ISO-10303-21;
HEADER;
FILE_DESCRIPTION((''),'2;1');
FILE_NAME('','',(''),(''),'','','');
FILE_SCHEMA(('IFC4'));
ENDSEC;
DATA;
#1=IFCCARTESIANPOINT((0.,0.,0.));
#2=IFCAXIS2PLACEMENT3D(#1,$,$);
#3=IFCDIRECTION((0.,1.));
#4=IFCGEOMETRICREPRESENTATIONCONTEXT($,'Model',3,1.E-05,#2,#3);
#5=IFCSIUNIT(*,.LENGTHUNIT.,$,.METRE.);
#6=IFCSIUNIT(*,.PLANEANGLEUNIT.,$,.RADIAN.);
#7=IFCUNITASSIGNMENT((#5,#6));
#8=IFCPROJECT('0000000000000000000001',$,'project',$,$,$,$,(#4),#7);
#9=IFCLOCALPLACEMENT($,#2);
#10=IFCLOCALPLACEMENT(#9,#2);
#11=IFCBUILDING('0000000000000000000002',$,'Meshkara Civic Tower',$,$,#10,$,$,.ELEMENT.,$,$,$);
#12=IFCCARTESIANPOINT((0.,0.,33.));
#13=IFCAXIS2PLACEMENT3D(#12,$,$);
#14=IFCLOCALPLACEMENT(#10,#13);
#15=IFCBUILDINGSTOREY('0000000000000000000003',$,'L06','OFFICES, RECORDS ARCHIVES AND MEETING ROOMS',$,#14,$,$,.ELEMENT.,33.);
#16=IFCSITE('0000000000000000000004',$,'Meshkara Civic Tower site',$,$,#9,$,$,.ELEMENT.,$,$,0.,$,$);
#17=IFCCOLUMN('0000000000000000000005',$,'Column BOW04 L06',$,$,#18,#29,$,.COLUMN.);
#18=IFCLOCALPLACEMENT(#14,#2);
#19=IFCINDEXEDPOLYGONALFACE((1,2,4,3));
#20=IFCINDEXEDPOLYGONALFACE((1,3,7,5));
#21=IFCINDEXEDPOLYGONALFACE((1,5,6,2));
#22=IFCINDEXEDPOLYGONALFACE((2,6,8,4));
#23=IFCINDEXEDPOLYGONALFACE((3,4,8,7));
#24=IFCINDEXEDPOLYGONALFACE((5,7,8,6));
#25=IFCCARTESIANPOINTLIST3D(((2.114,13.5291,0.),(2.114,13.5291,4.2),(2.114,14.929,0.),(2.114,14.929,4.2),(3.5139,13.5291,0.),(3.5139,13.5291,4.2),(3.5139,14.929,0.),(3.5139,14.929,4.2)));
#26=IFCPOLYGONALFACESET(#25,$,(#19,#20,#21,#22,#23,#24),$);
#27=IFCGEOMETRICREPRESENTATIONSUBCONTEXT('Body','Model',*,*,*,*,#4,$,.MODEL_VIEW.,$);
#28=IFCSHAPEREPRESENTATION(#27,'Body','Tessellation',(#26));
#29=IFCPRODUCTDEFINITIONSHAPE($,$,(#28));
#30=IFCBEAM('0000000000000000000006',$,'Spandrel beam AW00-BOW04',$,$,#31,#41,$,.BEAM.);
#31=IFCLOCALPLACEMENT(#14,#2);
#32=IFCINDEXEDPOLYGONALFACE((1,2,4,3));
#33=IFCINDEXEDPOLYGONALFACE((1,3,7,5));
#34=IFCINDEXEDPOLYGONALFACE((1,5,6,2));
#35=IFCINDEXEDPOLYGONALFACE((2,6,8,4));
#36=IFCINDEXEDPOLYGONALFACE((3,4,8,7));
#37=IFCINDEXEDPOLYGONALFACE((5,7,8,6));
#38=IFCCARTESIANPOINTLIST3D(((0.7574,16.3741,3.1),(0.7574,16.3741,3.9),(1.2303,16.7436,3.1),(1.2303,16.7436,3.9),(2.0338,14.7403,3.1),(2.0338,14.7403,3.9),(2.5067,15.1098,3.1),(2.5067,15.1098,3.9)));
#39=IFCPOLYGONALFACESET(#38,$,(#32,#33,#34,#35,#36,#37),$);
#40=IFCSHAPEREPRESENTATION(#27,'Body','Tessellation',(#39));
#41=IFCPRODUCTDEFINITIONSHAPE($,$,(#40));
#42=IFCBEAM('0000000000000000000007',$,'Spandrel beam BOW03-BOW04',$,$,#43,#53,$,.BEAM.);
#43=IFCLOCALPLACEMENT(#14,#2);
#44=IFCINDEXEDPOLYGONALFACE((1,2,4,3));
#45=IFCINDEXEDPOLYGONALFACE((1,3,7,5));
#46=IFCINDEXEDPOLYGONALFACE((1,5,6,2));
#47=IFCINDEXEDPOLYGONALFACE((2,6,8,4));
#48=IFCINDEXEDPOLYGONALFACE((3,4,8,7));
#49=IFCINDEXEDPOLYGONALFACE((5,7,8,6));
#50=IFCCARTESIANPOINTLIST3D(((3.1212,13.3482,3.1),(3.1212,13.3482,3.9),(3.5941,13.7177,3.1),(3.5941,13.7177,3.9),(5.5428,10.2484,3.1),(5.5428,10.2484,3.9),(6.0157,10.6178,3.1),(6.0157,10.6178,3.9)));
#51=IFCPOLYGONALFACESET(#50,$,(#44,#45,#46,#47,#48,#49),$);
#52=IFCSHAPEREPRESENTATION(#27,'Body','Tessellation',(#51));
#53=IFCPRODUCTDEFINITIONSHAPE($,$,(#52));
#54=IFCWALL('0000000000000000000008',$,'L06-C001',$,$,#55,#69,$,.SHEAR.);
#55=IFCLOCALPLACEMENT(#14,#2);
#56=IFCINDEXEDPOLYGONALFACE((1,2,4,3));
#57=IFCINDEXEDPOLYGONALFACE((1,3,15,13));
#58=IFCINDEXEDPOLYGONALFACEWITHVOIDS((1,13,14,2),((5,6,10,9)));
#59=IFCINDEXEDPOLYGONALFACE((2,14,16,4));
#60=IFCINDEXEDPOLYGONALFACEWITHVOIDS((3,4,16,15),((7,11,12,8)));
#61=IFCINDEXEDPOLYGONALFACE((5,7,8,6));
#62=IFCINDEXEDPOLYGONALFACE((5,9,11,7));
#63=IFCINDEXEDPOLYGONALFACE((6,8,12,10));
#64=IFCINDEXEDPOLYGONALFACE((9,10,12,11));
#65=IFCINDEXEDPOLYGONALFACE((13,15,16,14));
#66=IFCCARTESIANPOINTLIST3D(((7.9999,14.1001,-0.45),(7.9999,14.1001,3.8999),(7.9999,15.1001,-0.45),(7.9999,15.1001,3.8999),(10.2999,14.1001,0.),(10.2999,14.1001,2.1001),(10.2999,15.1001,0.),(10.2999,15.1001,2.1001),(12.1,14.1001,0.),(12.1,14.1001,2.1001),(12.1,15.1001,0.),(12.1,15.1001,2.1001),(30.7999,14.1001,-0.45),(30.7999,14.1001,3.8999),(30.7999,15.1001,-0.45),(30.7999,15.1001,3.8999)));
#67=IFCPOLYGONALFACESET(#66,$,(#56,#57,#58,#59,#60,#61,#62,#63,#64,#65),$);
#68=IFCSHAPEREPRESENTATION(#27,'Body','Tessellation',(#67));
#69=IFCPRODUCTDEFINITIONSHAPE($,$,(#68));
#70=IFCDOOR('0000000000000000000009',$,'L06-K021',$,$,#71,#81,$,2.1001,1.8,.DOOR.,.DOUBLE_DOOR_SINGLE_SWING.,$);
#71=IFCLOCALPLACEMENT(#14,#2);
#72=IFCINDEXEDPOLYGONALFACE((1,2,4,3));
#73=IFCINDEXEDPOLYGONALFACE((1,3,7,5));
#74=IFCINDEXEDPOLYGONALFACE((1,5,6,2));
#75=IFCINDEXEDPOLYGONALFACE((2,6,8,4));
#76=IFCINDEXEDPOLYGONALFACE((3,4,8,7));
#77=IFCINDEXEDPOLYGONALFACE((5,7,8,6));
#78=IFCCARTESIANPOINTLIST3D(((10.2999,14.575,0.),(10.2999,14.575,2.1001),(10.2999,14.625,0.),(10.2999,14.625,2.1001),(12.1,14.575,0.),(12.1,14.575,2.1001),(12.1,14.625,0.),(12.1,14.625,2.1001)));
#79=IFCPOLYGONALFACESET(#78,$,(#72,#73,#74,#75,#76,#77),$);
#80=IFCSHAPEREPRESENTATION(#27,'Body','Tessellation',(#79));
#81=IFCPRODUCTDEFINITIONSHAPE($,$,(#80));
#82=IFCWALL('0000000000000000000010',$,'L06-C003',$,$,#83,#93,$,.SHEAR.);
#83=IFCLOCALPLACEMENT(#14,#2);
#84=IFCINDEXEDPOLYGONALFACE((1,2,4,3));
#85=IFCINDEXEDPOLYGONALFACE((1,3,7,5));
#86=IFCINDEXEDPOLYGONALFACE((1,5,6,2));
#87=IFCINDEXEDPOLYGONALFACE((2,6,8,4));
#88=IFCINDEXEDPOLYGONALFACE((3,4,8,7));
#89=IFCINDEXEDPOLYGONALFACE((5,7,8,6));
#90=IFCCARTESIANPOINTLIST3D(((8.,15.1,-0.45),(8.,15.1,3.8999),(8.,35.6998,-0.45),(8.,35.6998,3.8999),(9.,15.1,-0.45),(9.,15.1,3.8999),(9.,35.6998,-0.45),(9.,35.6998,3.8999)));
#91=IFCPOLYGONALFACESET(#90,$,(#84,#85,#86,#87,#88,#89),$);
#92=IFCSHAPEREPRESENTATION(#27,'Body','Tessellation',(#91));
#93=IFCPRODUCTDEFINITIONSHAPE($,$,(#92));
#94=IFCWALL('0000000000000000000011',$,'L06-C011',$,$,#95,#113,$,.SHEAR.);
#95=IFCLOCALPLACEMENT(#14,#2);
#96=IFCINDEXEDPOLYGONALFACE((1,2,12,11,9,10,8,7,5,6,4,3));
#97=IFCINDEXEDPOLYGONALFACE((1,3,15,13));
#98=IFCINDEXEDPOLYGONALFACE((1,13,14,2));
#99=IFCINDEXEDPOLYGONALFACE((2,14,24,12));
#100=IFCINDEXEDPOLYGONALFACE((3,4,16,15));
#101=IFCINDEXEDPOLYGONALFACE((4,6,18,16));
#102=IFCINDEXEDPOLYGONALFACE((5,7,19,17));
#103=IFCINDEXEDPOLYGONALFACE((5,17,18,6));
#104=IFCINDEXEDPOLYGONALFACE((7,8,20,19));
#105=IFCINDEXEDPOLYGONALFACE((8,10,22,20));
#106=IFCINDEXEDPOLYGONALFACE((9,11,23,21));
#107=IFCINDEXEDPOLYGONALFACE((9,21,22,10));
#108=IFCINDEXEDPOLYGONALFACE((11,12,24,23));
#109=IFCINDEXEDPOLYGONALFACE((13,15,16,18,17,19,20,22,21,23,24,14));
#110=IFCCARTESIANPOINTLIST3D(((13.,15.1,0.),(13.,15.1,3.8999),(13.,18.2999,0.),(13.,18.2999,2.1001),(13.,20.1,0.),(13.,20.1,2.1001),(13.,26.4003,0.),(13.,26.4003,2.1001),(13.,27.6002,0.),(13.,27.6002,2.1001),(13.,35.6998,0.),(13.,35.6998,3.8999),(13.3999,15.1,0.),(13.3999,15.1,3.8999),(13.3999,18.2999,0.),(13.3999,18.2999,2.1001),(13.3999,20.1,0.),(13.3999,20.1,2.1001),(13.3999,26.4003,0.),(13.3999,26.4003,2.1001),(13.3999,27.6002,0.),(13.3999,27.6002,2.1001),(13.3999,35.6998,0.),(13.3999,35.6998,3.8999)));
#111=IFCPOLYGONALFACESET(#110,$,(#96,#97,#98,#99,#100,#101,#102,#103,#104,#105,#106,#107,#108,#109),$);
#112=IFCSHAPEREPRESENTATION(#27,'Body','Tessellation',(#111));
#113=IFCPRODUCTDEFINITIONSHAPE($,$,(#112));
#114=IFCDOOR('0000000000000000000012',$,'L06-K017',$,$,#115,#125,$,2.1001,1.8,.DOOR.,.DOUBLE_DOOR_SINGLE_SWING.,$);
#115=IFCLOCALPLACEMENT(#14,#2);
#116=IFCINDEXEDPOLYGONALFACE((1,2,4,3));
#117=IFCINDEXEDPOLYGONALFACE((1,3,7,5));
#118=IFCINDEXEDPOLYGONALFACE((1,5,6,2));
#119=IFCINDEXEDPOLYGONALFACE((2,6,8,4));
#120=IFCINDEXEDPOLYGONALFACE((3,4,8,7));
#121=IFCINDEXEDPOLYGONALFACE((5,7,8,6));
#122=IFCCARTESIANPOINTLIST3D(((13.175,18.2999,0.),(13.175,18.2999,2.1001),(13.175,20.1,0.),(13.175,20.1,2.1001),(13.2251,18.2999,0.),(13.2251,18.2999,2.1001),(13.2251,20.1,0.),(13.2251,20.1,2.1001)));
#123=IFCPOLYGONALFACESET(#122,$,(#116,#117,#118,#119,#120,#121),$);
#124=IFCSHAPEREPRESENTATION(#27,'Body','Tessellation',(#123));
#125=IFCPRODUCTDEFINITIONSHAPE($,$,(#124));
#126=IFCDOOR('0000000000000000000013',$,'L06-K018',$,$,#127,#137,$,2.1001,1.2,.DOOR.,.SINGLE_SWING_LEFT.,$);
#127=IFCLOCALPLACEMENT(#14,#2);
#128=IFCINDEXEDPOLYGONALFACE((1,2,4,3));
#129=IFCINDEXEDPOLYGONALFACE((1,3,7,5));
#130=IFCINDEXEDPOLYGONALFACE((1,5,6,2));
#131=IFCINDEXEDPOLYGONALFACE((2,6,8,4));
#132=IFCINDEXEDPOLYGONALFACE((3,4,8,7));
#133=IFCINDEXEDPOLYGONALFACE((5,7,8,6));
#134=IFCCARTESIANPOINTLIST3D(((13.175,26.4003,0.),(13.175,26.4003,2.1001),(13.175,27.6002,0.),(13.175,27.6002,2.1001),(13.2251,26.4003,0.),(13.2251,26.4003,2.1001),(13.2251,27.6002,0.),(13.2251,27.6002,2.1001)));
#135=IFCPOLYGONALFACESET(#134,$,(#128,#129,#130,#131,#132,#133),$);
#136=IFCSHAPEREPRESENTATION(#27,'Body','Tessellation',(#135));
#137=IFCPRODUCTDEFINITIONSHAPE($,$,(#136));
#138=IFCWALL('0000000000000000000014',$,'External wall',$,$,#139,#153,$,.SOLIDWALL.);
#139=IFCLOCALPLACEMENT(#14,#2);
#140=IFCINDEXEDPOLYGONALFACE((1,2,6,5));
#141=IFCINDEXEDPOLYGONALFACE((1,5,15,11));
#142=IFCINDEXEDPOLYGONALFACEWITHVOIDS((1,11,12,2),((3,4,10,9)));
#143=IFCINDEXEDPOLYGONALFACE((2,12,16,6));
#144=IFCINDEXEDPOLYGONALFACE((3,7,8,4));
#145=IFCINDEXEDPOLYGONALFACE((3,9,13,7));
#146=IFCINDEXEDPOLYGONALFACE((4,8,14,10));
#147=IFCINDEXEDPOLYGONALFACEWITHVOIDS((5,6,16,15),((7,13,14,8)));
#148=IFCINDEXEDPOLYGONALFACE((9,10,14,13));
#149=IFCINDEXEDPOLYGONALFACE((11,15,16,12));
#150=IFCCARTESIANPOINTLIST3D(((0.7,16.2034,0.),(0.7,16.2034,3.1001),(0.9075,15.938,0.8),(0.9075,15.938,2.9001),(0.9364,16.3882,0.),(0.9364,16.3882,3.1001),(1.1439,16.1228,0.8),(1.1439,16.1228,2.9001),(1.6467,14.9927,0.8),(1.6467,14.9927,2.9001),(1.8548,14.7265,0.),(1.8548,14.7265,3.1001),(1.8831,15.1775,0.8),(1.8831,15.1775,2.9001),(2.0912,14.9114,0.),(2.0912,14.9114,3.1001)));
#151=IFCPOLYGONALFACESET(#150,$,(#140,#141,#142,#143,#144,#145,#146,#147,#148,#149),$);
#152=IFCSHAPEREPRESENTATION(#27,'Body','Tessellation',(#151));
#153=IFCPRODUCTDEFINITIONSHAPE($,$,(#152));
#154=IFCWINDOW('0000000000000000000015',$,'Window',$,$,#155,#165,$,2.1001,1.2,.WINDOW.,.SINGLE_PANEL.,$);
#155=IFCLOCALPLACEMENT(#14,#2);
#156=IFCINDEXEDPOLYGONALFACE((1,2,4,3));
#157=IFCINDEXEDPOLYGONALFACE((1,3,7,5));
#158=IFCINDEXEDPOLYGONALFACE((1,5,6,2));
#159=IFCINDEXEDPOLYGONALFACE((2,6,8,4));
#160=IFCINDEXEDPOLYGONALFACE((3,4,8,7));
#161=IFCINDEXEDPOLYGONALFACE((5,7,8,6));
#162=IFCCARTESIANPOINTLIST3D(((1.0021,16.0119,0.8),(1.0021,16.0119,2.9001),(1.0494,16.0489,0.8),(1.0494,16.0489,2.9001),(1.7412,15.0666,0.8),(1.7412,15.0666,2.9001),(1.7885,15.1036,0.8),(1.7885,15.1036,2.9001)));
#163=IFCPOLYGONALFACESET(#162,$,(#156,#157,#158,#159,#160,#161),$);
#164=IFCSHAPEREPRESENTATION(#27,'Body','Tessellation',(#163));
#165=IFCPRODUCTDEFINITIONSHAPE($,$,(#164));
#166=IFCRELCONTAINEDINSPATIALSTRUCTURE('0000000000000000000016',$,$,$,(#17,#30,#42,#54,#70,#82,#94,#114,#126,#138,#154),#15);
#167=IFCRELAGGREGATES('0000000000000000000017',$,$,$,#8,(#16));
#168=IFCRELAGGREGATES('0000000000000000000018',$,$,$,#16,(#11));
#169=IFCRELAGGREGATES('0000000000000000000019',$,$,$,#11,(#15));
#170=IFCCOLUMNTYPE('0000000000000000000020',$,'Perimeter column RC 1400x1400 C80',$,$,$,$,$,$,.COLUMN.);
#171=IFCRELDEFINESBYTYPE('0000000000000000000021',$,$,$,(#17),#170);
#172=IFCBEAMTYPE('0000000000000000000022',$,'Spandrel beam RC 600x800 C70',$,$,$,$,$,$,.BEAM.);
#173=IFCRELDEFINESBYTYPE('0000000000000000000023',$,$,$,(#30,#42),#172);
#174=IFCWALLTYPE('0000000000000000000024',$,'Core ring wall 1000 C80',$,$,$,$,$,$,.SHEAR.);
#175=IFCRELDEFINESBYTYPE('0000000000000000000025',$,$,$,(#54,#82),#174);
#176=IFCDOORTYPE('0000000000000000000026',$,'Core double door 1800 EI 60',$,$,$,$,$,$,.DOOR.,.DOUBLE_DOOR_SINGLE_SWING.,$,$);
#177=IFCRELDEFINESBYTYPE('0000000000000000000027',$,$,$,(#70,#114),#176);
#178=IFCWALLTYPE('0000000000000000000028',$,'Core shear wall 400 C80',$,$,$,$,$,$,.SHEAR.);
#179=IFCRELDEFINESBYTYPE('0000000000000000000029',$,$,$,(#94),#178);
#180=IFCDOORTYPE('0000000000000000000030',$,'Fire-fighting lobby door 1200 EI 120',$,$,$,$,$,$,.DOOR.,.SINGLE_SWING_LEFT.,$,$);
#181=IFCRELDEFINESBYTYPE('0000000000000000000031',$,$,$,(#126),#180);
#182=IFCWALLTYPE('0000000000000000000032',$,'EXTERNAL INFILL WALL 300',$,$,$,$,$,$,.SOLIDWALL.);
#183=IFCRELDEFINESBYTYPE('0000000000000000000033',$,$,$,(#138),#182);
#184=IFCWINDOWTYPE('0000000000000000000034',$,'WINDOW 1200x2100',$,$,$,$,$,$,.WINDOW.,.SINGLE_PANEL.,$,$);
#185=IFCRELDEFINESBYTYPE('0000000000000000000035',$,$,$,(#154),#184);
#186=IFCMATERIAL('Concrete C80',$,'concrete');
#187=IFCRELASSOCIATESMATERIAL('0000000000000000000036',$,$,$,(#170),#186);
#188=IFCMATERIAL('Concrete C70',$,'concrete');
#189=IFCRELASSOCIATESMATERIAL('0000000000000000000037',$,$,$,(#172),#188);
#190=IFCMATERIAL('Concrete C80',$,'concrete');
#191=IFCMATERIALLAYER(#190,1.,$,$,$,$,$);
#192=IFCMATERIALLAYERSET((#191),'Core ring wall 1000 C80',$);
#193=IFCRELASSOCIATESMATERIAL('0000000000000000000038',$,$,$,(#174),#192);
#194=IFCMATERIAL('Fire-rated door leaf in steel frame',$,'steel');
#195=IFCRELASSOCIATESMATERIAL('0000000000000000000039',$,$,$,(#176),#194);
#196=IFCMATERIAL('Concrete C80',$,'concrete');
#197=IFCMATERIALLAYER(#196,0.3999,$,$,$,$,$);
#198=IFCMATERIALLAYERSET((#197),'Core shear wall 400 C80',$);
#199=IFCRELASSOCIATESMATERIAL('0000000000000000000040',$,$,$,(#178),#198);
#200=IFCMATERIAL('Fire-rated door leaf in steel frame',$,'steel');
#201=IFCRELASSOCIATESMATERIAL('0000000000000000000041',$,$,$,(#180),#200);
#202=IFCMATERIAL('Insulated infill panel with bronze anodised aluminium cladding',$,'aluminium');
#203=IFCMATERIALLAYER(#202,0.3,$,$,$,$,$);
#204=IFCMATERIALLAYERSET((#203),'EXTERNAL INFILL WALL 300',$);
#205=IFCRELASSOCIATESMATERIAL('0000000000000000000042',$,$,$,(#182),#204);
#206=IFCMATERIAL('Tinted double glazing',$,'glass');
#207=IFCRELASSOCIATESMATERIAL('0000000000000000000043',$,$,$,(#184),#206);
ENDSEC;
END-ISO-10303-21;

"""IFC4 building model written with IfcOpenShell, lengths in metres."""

from ifc_helpers import new_model, si_unit, direction, frame, frame_2d, origin, origin_2d, place, context, subcontext, project, spatial, rectangle, extrude, material, layer, layer_set, material_profile, profile_set, type_object, element, fill, save


model = new_model("IFC4")

# Units and contexts
model_context = context("Model", 3, precision=1e-05, world=origin(), true_north=direction((0.0, 1.0)))
body_context = subcontext(model_context, "Body", "Model", "MODEL_VIEW")
ifc_project = project(units=[si_unit("LENGTHUNIT", "METRE"), si_unit("PLANEANGLEUNIT", "RADIAN")], contexts=[model_context])

# Site, building, storey
site_placement = place(None, origin())
site = spatial("IfcSite", under=ifc_project, at=site_placement, Name="Meshkara Civic Tower site", CompositionType="ELEMENT", RefElevation=0.0)
building_placement = place(site_placement, origin())
building = spatial("IfcBuilding", under=site, at=building_placement, Name="Meshkara Civic Tower", CompositionType="ELEMENT")
storey_placement = place(building_placement, frame((0.0, 0.0, 33.0)))
storey = spatial("IfcBuildingStorey", under=building, at=storey_placement, Name="L06", Description="OFFICES, RECORDS ARCHIVES AND MEETING ROOMS", CompositionType="ELEMENT", Elevation=33.0)

# Column
ifc_material_1 = material(Name="Concrete C80", Category="concrete")
ifc_material_profile_1 = material_profile(ifc_material_1, rectangle(XDim=1.3999, YDim=1.3999, at=origin_2d()))
ifc_profile_set_1 = profile_set([ifc_material_profile_1], Name="Concrete C80")
column_type = type_object("IfcColumnType", Name="Perimeter column RC 1400x1400 C80", PredefinedType="COLUMN", material=ifc_profile_set_1)
column_placement = place(storey_placement, frame((2.814, 14.229, 0.0), z_axis=(0.0, 0.0, 1.0), x_axis=(1.0, 0.0, 0.0)))
element("IfcColumn", 1, at=column_placement, inside=storey, type_object=column_type, Name="Column BOW04 L06", PredefinedType="COLUMN", context=body_context, shape_type="SweptSolid", body=[
    extrude(rectangle(XDim=1.3999, YDim=1.3999, at=origin_2d()), origin(), (0.0, 0.0, 1.0), 4.2),
])

# Beams
ifc_material_2 = material(Name="Concrete C70", Category="concrete")
ifc_material_profile_2 = material_profile(ifc_material_2, rectangle(XDim=0.6001, YDim=0.8, at=origin_2d()))
ifc_profile_set_2 = profile_set([ifc_material_profile_2], Name="Concrete C70")
beam_type = type_object("IfcBeamType", Name="Spandrel beam RC 600x800 C70", PredefinedType="BEAM", material=ifc_profile_set_2)
beam_1_placement = place(storey_placement, frame((0.9939, 16.5588, 3.5), z_axis=(0.615635, -0.788032, 0.0), x_axis=(0.788032, 0.615635, 0.0)))
element("IfcBeam", 2, at=beam_1_placement, inside=storey, type_object=beam_type, Name="Spandrel beam AW00-BOW04", PredefinedType="BEAM", context=body_context, shape_type="SweptSolid", body=[
    extrude(rectangle(XDim=0.6001, YDim=0.8, at=origin_2d()), origin(), (0.0, 0.0, 1.0), 2.0732),
])
beam_2_placement = place(storey_placement, frame((3.3577, 13.533, 3.5), z_axis=(0.615624, -0.78804, 0.0), x_axis=(0.78804, 0.615624, 0.0)))
element("IfcBeam", 3, at=beam_2_placement, inside=storey, type_object=beam_type, Name="Spandrel beam BOW03-BOW04", PredefinedType="BEAM", context=body_context, shape_type="SweptSolid", body=[
    extrude(rectangle(XDim=0.6001, YDim=0.8, at=origin_2d()), origin(), (0.0, 0.0, 1.0), 3.9336),
])

# Wall, opening, door
ifc_material_3 = material(Name="Concrete C80", Category="concrete")
ifc_layer_1 = layer(ifc_material_3, 1.0)
ifc_layer_set_1 = layer_set([ifc_layer_1], Name="Core ring wall 1000 C80")
wall_type_1 = type_object("IfcWallType", Name="Core ring wall 1000 C80", PredefinedType="SHEAR", material=ifc_layer_set_1)
wall_1_placement = place(storey_placement, frame((8.0, 14.6001, -0.45), z_axis=(0.0, 0.0, 1.0), x_axis=(1.0, 0.0, 0.0)))
wall_1 = element("IfcWall", 4, at=wall_1_placement, inside=storey, type_object=wall_type_1, Name="L06-C001", PredefinedType="SHEAR", context=body_context, shape_type="SweptSolid", body=[
    extrude(rectangle(XDim=22.8, YDim=1.0, at=frame_2d((11.3999, 0.0))), origin(), (0.0, 0.0, 1.0), 4.3499),
])
opening_1_placement = place(wall_1_placement, frame((2.3, 0.0, 0.45)))
opening_1 = element("IfcOpeningElement", 5, at=opening_1_placement, cuts=wall_1, PredefinedType="OPENING", context=body_context, shape_type="SweptSolid", body=[
    extrude(rectangle(XDim=1.8, YDim=2.1001, at=frame_2d((0.8999, 1.05))), frame((0.0, 0.51, 0.0), z_axis=(0.0, -1.0, 0.0), x_axis=(1.0, 0.0, 0.0)), (0.0, 0.0, 1.0), 1.02),
])
ifc_material_4 = material(Name="Fire-rated door leaf in steel frame", Category="steel")
door_type_1 = type_object("IfcDoorType", Name="Core double door 1800 EI 60", OperationType="DOUBLE_DOOR_SINGLE_SWING", PredefinedType="DOOR", material=ifc_material_4)
door_1_placement = place(opening_1_placement, origin())
door_1 = element("IfcDoor", 6, at=door_1_placement, inside=storey, type_object=door_type_1, Name="L06-K021", OperationType="DOUBLE_DOOR_SINGLE_SWING", OverallHeight=2.1001, OverallWidth=1.8, PredefinedType="DOOR", context=body_context, shape_type="SweptSolid", body=[
    extrude(rectangle(XDim=1.8, YDim=2.1001, at=frame_2d((0.8999, 1.05))), frame((0.0, 0.0249, 0.0), z_axis=(0.0, -1.0, 0.0), x_axis=(1.0, 0.0, 0.0)), (0.0, 0.0, 1.0), 0.05),
])
fill(opening_1, door_1)

# Wall
wall_2_placement = place(storey_placement, frame((8.5, 15.1001, -0.45), z_axis=(0.0, 0.0, 1.0), x_axis=(0.0, 1.0, 0.0)))
element("IfcWall", 7, at=wall_2_placement, inside=storey, type_object=wall_type_1, Name="L06-C003", PredefinedType="SHEAR", context=body_context, shape_type="SweptSolid", body=[
    extrude(rectangle(XDim=20.5999, YDim=1.0, at=frame_2d((10.2998, 0.0))), origin(), (0.0, 0.0, 1.0), 4.3499),
])

# Wall, openings, doors
ifc_material_5 = material(Name="Concrete C80", Category="concrete")
ifc_layer_2 = layer(ifc_material_5, 0.3999)
ifc_layer_set_2 = layer_set([ifc_layer_2], Name="Core shear wall 400 C80")
wall_type_2 = type_object("IfcWallType", Name="Core shear wall 400 C80", PredefinedType="SHEAR", material=ifc_layer_set_2)
wall_3_placement = place(storey_placement, frame((13.2, 15.1001, 0.0), z_axis=(0.0, 0.0, 1.0), x_axis=(0.0, 1.0, 0.0)))
wall_3 = element("IfcWall", 8, at=wall_3_placement, inside=storey, type_object=wall_type_2, Name="L06-C011", PredefinedType="SHEAR", context=body_context, shape_type="SweptSolid", body=[
    extrude(rectangle(XDim=20.5999, YDim=0.3999, at=frame_2d((10.2998, 0.0))), origin(), (0.0, 0.0, 1.0), 3.8999),
])
opening_2_placement = place(wall_3_placement, frame((3.2, 0.0, 0.0)))
opening_2 = element("IfcOpeningElement", 9, at=opening_2_placement, cuts=wall_3, PredefinedType="OPENING", context=body_context, shape_type="SweptSolid", body=[
    extrude(rectangle(XDim=1.8, YDim=2.1001, at=frame_2d((0.8999, 1.05))), frame((0.0, 0.21, 0.0), z_axis=(0.0, -1.0, 0.0), x_axis=(1.0, 0.0, 0.0)), (0.0, 0.0, 1.0), 0.4199),
])
opening_3_placement = place(wall_3_placement, frame((11.3, 0.0, 0.0)))
opening_3 = element("IfcOpeningElement", 10, at=opening_3_placement, cuts=wall_3, PredefinedType="OPENING", context=body_context, shape_type="SweptSolid", body=[
    extrude(rectangle(XDim=1.2, YDim=2.1001, at=frame_2d((0.6001, 1.05))), frame((0.0, 0.21, 0.0), z_axis=(0.0, -1.0, 0.0), x_axis=(1.0, 0.0, 0.0)), (0.0, 0.0, 1.0), 0.4199),
])
door_2_placement = place(opening_2_placement, origin())
door_2 = element("IfcDoor", 11, at=door_2_placement, inside=storey, type_object=door_type_1, Name="L06-K017", OperationType="DOUBLE_DOOR_SINGLE_SWING", OverallHeight=2.1001, OverallWidth=1.8, PredefinedType="DOOR", context=body_context, shape_type="SweptSolid", body=[
    extrude(rectangle(XDim=1.8, YDim=2.1001, at=frame_2d((0.8999, 1.05))), frame((0.0, 0.0249, 0.0), z_axis=(0.0, -1.0, 0.0), x_axis=(1.0, 0.0, 0.0)), (0.0, 0.0, 1.0), 0.05),
])
fill(opening_2, door_2)
ifc_material_6 = material(Name="Fire-rated door leaf in steel frame", Category="steel")
door_type_2 = type_object("IfcDoorType", Name="Fire-fighting lobby door 1200 EI 120", OperationType="SINGLE_SWING_LEFT", PredefinedType="DOOR", material=ifc_material_6)
door_3_placement = place(opening_3_placement, origin())
door_3 = element("IfcDoor", 12, at=door_3_placement, inside=storey, type_object=door_type_2, Name="L06-K018", OperationType="SINGLE_SWING_LEFT", OverallHeight=2.1001, OverallWidth=1.2, PredefinedType="DOOR", context=body_context, shape_type="SweptSolid", body=[
    extrude(rectangle(XDim=1.2, YDim=2.1001, at=frame_2d((0.6001, 1.05))), frame((0.0, 0.0249, 0.0), z_axis=(0.0, -1.0, 0.0), x_axis=(1.0, 0.0, 0.0)), (0.0, 0.0, 1.0), 0.05),
])
fill(opening_3, door_3)

# Wall, opening, window
ifc_material_7 = material(Name="Insulated infill panel with bronze anodised aluminium cladding", Category="aluminium")
ifc_layer_3 = layer(ifc_material_7, 0.3)
ifc_layer_set_3 = layer_set([ifc_layer_3], Name="EXTERNAL INFILL WALL 300")
wall_type_3 = type_object("IfcWallType", Name="EXTERNAL INFILL WALL 300", PredefinedType="SOLIDWALL", material=ifc_layer_set_3)
wall_4_placement = place(storey_placement, frame((0.8181, 16.2959, 0.0), z_axis=(0.0, 0.0, 1.0), x_axis=(0.615985, -0.787758, 0.0)))
wall_4 = element("IfcWall", 13, at=wall_4_placement, inside=storey, type_object=wall_type_3, Name="External wall", PredefinedType="SOLIDWALL", context=body_context, shape_type="SweptSolid", body=[
    extrude(rectangle(XDim=1.8748, YDim=0.3, at=frame_2d((0.9375, 0.0))), origin(), (0.0, 0.0, 1.0), 3.1001),
])
opening_4_placement = place(wall_4_placement, frame((0.3369, 0.0, 0.8)))
opening_4 = element("IfcOpeningElement", 14, at=opening_4_placement, cuts=wall_4, PredefinedType="OPENING", context=body_context, shape_type="SweptSolid", body=[
    extrude(rectangle(XDim=1.2, YDim=2.1001, at=frame_2d((0.6001, 1.05))), frame((0.0, 0.1599, 0.0), z_axis=(0.0, -1.0, 0.0), x_axis=(1.0, 0.0, 0.0)), (0.0, 0.0, 1.0), 0.3201),
])
ifc_material_8 = material(Name="Tinted double glazing", Category="glass")
window_type = type_object("IfcWindowType", Name="WINDOW 1200x2100", PartitioningType="SINGLE_PANEL", PredefinedType="WINDOW", material=ifc_material_8)
window_placement = place(opening_4_placement, origin())
window = element("IfcWindow", 15, at=window_placement, inside=storey, type_object=window_type, Name="Window", OverallHeight=2.1001, OverallWidth=1.2, PartitioningType="SINGLE_PANEL", PredefinedType="WINDOW", context=body_context, shape_type="SweptSolid", body=[
    extrude(rectangle(XDim=1.2, YDim=2.1001, at=frame_2d((0.6001, 1.05))), frame((0.0, 0.03, 0.0), z_axis=(0.0, -1.0, 0.0), x_axis=(1.0, 0.0, 0.0)), (0.0, 0.0, 1.0), 0.0601),
])
fill(opening_4, window)

save(model, "model.ifc")
